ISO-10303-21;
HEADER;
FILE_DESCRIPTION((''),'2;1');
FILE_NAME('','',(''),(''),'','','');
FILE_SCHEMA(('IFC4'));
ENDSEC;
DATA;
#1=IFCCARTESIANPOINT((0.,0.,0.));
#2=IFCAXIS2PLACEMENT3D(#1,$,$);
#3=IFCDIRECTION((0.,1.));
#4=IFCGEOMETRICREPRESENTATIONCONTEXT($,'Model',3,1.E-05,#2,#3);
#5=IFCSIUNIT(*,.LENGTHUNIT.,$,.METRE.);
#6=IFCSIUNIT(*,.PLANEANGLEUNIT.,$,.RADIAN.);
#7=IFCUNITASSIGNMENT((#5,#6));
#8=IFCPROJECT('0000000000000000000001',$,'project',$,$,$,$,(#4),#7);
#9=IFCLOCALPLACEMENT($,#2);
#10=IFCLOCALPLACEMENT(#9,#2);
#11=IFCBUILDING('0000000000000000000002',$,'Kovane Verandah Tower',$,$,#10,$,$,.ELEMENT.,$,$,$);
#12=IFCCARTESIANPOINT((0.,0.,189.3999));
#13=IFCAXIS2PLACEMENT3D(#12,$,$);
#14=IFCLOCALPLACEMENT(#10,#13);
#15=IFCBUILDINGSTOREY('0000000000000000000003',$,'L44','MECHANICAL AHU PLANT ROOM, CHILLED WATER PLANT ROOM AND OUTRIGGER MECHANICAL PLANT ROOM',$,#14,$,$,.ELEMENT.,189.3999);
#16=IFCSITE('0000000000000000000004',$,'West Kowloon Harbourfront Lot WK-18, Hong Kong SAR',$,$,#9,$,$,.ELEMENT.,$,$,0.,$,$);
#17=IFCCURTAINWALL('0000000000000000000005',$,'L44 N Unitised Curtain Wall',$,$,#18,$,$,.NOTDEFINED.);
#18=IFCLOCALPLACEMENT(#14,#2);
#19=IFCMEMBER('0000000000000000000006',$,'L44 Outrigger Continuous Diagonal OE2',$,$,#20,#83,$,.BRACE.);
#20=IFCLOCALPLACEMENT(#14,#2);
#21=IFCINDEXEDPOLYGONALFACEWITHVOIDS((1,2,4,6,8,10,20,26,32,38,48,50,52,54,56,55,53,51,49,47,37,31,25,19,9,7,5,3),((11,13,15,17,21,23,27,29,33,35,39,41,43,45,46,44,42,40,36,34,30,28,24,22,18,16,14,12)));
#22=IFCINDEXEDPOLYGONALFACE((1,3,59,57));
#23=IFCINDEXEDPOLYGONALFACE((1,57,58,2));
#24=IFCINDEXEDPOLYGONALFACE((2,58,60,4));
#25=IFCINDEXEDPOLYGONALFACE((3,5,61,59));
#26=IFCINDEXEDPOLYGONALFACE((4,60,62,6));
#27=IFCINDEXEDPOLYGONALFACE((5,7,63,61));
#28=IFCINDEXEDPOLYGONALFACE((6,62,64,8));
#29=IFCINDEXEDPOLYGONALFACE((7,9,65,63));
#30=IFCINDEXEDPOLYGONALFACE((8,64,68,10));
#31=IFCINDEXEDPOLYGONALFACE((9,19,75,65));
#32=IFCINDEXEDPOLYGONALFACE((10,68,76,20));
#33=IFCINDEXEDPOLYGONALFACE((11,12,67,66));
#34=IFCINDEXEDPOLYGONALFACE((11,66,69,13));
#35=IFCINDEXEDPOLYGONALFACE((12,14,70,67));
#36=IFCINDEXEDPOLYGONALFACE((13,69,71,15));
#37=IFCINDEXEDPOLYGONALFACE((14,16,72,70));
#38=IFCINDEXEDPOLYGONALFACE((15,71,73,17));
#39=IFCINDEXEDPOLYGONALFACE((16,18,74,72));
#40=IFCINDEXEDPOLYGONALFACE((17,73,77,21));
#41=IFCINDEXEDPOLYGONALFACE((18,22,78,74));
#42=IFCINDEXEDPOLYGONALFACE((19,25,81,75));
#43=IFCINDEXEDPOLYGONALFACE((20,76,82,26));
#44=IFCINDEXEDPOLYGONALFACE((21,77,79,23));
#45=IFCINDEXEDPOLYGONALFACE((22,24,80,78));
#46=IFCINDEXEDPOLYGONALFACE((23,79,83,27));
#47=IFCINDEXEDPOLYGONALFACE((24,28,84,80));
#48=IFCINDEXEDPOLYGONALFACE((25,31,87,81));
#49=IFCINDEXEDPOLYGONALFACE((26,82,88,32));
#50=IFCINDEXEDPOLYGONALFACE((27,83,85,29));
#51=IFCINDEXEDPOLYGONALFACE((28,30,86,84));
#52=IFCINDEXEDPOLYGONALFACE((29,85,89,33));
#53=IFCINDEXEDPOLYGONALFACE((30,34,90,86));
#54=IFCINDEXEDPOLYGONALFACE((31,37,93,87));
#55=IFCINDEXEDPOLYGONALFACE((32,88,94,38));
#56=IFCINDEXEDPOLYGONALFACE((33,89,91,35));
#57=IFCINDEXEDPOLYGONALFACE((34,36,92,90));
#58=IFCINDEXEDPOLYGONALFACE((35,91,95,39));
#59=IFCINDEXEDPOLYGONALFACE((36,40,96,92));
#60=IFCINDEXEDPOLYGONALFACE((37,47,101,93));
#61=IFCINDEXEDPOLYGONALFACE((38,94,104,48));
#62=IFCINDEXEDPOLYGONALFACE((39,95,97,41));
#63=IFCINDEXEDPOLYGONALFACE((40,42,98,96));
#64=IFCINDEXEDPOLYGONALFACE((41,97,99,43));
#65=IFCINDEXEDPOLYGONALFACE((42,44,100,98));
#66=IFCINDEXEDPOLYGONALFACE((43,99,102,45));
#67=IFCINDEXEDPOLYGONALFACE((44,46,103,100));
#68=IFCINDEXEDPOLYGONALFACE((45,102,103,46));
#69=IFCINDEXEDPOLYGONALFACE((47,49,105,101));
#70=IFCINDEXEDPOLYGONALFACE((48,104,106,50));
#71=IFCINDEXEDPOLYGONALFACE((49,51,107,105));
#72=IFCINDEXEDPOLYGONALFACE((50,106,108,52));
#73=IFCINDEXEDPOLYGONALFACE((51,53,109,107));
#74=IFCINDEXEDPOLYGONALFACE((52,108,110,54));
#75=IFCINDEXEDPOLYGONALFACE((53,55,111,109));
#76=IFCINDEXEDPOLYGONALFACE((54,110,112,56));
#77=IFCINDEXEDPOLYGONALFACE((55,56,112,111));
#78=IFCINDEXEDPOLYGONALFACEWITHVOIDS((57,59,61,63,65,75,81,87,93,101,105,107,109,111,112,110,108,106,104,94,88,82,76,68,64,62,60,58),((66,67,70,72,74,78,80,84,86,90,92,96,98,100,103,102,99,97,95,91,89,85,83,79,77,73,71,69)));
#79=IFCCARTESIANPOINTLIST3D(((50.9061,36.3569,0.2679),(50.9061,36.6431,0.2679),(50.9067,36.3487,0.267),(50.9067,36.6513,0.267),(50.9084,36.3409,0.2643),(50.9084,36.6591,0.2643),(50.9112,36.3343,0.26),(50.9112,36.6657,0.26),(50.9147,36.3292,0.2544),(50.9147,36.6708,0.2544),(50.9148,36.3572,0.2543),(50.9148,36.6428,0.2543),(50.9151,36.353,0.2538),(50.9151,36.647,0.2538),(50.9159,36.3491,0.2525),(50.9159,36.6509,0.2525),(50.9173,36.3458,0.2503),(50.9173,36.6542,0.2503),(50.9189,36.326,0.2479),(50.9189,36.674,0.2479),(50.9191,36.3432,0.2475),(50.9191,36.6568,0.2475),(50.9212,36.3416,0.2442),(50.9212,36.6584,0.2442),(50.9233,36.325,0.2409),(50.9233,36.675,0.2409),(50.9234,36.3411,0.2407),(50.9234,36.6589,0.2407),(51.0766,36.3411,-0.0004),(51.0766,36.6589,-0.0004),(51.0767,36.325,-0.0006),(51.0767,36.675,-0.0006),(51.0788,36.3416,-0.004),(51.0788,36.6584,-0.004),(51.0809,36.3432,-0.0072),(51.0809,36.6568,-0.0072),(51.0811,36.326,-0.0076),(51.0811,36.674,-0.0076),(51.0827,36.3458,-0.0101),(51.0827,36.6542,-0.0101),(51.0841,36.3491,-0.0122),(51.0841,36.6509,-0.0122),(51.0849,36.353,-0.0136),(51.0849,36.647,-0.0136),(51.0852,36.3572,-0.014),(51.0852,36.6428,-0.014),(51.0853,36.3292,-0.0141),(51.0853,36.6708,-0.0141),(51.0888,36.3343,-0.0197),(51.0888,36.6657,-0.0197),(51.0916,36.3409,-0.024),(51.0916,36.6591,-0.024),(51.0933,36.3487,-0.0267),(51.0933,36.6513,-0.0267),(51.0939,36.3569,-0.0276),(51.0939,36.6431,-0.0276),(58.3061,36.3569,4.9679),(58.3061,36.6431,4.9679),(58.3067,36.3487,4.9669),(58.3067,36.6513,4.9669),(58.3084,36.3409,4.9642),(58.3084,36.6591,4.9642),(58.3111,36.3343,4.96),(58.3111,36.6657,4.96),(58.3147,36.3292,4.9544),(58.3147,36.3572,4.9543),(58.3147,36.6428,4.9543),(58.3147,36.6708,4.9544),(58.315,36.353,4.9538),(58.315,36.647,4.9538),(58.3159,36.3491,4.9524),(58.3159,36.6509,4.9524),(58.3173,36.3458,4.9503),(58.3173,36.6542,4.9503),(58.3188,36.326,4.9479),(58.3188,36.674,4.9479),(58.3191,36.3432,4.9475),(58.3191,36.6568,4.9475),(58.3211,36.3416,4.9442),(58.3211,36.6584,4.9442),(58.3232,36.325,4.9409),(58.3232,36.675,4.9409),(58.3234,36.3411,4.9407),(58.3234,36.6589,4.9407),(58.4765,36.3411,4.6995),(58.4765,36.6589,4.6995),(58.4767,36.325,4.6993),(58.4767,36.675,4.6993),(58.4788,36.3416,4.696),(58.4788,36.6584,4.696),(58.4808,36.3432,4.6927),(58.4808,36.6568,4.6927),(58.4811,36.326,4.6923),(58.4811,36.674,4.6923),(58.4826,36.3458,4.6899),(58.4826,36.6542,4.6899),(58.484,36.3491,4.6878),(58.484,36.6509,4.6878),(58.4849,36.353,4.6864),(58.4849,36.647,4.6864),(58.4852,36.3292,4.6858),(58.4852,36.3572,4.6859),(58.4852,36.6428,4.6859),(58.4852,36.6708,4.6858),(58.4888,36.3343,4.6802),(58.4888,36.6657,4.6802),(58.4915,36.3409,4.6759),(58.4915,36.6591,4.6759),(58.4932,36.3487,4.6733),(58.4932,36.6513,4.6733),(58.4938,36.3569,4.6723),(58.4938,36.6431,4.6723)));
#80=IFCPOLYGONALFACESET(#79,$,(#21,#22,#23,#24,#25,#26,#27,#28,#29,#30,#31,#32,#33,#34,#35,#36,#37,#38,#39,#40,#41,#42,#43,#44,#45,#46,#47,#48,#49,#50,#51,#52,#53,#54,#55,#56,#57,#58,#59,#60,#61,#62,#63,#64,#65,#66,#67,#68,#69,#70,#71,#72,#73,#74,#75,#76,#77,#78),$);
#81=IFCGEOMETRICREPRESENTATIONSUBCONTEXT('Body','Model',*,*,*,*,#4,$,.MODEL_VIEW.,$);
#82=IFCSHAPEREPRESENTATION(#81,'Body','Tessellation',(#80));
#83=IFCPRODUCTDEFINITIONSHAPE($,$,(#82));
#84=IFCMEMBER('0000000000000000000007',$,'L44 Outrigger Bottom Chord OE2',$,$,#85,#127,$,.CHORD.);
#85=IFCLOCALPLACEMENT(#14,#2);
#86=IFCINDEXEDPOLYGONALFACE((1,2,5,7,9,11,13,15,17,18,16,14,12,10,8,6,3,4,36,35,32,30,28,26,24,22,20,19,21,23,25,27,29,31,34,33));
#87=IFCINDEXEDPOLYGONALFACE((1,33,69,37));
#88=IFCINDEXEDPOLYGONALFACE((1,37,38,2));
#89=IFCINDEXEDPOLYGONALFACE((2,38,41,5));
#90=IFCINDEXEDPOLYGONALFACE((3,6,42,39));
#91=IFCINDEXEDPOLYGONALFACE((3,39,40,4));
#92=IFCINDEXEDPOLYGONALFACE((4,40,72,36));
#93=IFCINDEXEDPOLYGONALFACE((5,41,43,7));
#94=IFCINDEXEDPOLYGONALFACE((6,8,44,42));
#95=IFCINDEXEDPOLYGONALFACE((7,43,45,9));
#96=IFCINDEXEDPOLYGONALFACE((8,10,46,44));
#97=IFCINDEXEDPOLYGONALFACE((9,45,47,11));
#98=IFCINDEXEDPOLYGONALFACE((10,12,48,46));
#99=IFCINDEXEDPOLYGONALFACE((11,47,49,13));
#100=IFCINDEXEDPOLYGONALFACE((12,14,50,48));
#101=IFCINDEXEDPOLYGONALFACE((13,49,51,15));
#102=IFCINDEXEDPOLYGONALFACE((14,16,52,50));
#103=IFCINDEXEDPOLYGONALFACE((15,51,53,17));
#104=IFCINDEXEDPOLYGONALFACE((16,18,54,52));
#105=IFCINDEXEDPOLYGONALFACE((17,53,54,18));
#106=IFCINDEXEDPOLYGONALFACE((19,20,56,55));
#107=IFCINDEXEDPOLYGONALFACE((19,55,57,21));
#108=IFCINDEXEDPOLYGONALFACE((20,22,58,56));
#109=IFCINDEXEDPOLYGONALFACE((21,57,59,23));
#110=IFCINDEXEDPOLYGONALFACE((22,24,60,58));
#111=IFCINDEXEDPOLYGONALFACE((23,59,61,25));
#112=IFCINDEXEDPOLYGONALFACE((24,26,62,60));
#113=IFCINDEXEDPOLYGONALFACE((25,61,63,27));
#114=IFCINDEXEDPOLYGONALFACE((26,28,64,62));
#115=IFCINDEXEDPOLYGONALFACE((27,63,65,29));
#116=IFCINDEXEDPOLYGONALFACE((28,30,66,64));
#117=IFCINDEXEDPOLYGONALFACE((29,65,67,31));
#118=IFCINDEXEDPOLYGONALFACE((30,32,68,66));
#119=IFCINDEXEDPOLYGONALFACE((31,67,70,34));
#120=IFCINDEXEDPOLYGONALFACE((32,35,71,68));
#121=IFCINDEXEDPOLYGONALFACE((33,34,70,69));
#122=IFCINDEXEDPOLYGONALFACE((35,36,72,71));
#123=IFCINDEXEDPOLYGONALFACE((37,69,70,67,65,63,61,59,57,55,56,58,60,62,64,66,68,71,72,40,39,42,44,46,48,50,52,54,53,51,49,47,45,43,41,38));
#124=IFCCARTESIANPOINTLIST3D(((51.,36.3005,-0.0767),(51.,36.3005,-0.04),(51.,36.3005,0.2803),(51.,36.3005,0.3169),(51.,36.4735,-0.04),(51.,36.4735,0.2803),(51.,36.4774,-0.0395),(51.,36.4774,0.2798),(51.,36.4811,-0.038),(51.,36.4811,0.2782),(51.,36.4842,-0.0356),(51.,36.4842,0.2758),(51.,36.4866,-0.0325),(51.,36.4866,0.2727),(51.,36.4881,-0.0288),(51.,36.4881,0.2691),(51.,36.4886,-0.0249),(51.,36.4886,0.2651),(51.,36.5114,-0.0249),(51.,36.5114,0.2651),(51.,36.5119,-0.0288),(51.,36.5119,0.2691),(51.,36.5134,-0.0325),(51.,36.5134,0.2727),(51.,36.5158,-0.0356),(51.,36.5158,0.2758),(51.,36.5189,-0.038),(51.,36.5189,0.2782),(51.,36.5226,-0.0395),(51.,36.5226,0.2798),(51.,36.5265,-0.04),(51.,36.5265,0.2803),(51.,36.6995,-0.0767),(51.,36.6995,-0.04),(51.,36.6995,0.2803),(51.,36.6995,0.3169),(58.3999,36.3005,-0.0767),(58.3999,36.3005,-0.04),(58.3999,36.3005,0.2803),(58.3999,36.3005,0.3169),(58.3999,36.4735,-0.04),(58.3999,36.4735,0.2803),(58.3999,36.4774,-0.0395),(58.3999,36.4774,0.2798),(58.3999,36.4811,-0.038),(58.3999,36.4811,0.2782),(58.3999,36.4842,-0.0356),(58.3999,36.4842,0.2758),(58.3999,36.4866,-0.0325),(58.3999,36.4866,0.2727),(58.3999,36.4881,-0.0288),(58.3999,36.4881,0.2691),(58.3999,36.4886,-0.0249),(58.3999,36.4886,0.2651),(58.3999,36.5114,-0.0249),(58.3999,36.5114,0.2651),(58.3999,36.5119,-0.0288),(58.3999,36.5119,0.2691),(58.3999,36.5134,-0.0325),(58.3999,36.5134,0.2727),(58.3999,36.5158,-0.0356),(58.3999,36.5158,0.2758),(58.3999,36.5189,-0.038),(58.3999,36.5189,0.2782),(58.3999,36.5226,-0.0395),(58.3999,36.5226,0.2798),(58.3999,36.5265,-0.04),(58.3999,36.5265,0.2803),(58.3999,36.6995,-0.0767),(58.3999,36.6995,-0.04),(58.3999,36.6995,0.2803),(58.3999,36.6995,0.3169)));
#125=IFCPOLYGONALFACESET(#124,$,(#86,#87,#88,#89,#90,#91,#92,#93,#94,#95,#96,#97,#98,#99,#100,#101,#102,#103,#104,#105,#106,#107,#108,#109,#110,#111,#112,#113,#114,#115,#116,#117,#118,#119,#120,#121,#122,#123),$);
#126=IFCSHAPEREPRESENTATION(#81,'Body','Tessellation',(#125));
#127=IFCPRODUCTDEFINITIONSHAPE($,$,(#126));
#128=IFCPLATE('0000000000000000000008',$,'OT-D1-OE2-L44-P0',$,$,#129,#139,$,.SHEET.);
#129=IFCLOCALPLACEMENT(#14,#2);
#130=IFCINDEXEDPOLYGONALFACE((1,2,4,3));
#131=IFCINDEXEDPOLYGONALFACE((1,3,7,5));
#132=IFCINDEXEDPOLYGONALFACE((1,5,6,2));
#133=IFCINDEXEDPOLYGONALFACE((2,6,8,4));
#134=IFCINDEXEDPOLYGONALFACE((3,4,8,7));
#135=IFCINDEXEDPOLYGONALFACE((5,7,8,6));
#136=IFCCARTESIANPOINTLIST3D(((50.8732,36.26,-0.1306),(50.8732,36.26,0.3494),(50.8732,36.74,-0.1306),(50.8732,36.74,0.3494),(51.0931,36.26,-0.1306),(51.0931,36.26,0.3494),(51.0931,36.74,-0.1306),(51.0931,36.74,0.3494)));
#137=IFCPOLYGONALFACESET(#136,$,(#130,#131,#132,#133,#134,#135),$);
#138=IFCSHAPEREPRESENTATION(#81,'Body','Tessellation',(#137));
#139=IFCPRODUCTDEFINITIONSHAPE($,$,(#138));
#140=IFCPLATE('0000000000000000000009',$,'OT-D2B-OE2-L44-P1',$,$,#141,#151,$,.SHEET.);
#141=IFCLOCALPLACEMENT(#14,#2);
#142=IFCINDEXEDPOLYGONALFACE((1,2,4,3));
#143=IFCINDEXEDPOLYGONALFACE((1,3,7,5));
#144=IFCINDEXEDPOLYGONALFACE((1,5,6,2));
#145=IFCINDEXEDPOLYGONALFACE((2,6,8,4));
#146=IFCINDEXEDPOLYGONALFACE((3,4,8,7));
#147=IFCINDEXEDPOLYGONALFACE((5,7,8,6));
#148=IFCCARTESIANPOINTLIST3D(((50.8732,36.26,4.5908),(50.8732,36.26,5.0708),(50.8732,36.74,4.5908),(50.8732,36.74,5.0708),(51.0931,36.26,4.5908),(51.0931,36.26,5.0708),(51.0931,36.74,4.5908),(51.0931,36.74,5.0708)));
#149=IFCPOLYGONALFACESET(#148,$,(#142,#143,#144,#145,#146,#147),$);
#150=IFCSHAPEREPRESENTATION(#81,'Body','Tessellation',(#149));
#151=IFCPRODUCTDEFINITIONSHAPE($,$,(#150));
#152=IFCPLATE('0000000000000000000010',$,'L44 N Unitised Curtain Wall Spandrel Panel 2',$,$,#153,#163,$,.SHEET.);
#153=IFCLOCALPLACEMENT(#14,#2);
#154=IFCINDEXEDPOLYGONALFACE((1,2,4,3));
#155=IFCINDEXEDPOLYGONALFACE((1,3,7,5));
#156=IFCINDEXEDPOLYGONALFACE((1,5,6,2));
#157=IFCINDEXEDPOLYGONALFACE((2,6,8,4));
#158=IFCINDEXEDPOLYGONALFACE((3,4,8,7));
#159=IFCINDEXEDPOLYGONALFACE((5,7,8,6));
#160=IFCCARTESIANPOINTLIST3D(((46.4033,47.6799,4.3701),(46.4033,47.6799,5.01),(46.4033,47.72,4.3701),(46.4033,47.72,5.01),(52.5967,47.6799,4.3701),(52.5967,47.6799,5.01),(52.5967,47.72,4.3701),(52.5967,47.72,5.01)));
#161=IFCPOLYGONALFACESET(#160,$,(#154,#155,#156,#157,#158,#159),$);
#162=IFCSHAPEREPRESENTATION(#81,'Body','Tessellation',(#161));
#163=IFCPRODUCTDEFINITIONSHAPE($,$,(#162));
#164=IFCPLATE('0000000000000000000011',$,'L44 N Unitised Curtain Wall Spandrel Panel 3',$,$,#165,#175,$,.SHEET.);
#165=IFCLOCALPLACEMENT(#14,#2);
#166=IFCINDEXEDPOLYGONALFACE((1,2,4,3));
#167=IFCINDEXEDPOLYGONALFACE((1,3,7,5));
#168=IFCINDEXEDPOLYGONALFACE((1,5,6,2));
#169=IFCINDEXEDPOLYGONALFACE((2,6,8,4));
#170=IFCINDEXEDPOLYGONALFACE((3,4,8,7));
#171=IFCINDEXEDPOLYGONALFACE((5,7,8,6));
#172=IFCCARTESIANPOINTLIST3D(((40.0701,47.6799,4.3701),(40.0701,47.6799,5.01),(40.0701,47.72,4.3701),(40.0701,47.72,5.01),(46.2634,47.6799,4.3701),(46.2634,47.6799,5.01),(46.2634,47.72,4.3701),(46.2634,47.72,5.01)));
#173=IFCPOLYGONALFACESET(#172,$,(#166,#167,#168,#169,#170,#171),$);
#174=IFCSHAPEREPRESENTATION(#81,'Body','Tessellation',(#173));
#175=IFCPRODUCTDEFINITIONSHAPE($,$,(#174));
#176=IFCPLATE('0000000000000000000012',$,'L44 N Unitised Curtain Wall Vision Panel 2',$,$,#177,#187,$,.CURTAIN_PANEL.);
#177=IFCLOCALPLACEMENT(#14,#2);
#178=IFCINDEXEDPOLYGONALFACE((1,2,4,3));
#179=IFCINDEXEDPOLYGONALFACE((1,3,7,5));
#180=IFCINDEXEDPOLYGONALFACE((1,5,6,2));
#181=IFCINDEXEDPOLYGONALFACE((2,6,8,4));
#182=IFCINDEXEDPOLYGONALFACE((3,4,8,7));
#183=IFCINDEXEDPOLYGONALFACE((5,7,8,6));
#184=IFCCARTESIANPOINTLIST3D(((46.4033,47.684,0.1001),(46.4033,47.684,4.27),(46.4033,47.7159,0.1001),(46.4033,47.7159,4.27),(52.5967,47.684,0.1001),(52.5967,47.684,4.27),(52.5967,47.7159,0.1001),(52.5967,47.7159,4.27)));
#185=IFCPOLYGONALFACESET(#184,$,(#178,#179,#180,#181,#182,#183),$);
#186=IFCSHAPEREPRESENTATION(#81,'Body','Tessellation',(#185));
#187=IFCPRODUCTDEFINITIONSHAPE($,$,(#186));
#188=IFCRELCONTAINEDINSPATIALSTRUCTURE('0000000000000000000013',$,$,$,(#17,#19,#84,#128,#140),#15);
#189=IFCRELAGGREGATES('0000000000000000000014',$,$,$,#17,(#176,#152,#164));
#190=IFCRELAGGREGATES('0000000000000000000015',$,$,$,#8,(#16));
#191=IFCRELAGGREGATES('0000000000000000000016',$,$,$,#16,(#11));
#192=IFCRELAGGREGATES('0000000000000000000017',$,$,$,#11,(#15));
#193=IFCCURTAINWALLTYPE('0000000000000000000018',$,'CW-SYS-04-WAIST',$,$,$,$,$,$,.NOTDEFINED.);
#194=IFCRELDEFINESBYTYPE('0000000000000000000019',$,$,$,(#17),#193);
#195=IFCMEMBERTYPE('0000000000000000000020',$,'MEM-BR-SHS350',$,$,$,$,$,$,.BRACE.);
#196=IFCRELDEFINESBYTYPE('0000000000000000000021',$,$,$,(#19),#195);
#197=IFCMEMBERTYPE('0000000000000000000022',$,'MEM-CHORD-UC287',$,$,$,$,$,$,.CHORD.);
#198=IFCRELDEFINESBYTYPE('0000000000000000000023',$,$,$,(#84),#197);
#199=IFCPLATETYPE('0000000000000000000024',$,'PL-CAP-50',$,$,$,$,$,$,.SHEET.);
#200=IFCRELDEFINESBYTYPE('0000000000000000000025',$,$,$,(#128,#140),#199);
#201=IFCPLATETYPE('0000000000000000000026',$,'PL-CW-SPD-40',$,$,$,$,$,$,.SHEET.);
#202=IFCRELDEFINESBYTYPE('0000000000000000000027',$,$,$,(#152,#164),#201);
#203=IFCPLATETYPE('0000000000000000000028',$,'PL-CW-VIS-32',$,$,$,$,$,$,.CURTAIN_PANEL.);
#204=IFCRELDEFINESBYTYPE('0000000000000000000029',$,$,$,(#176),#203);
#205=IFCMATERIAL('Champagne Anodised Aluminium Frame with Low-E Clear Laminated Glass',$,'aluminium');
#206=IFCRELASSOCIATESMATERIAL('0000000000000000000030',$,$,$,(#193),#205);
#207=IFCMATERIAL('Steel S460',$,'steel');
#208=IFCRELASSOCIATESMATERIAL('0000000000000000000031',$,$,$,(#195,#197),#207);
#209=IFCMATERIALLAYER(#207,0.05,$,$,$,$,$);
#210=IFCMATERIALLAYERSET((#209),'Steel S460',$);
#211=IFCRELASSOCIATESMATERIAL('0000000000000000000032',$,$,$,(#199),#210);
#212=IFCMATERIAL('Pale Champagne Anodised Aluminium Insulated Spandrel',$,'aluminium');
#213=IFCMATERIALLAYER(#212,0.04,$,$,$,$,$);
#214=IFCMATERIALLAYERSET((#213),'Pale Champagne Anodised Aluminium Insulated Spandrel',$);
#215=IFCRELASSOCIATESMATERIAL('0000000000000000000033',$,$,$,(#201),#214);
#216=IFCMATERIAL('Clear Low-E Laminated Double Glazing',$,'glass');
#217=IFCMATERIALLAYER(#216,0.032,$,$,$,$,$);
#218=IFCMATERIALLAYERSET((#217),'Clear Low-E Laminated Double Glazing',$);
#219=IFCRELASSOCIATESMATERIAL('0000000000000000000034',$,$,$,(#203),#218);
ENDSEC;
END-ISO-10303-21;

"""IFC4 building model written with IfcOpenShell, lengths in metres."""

from ifc_helpers import new_model, si_unit, direction, frame, origin, origin_2d, place, context, subcontext, project, spatial, rectangle, hollow_rectangle, i_section, extrude, material, layer, layer_set, material_profile, profile_set, type_object, element, aggregate, save


model = new_model("IFC4")

# Units and contexts
model_context = context("Model", 3, precision=1e-05, world=origin(), true_north=direction((0.0, 1.0)))
body_context = subcontext(model_context, "Body", "Model", "MODEL_VIEW")
ifc_project = project(units=[si_unit("LENGTHUNIT", "METRE"), si_unit("PLANEANGLEUNIT", "RADIAN")], contexts=[model_context])

# Site, building, storey
site_placement = place(None, origin())
site = spatial("IfcSite", under=ifc_project, at=site_placement, Name="West Kowloon Harbourfront Lot WK-18, Hong Kong SAR", CompositionType="ELEMENT", RefElevation=0.0)
building_placement = place(site_placement, origin())
building = spatial("IfcBuilding", under=site, at=building_placement, Name="Kovane Verandah Tower", CompositionType="ELEMENT")
storey_placement = place(building_placement, frame((0.0, 0.0, 189.3999)))
storey = spatial("IfcBuildingStorey", under=building, at=storey_placement, Name="L44", Description="MECHANICAL AHU PLANT ROOM, CHILLED WATER PLANT ROOM AND OUTRIGGER MECHANICAL PLANT ROOM", CompositionType="ELEMENT", Elevation=189.3999)

# Shared definitions
ifc_material_1 = material(Name="Steel S460", Category="steel")

# Curtain wall
ifc_material_2 = material(Name="Champagne Anodised Aluminium Frame with Low-E Clear Laminated Glass", Category="aluminium")
curtain_wall_type = type_object("IfcCurtainWallType", Name="CW-SYS-04-WAIST", PredefinedType="NOTDEFINED", material=ifc_material_2)
curtain_wall_placement = place(storey_placement, origin())
curtain_wall = element("IfcCurtainWall", 1, at=curtain_wall_placement, inside=storey, type_object=curtain_wall_type, Name="L44 N Unitised Curtain Wall", PredefinedType="NOTDEFINED")

# Members
ifc_material_profile_1 = material_profile(ifc_material_1, hollow_rectangle(XDim=0.3501, YDim=0.3501, WallThickness=0.0161, InnerFilletRadius=0.0161, OuterFilletRadius=0.032, at=origin_2d()), Name="SHS350x350x16")
ifc_profile_set_1 = profile_set([ifc_material_profile_1], Name="Steel S460")
member_type_1 = type_object("IfcMemberType", Name="MEM-BR-SHS350", PredefinedType="BRACE", material=ifc_profile_set_1)
member_1_placement = place(storey_placement, frame((51.0, 36.5, 0.1201), z_axis=(0.84413, 0.0, 0.536138), x_axis=(0.0, 1.0, 0.0)))
element("IfcMember", 2, at=member_1_placement, inside=storey, type_object=member_type_1, Name="L44 Outrigger Continuous Diagonal OE2", PredefinedType="BRACE", context=body_context, shape_type="SweptSolid", body=[
    extrude(hollow_rectangle(XDim=0.3501, YDim=0.3501, WallThickness=0.0161, InnerFilletRadius=0.0161, OuterFilletRadius=0.032, at=origin_2d()), origin(), (0.0, 0.0, 1.0), 8.7664),
])
ifc_material_profile_2 = material_profile(ifc_material_1, i_section(OverallWidth=0.3989, OverallDepth=0.3936, WebThickness=0.0227, FlangeThickness=0.0366, FilletRadius=0.0151, at=origin_2d()), Name="UC356x406x287")
ifc_profile_set_2 = profile_set([ifc_material_profile_2], Name="Steel S460")
member_type_2 = type_object("IfcMemberType", Name="MEM-CHORD-UC287", PredefinedType="CHORD", material=ifc_profile_set_2)
member_2_placement = place(storey_placement, frame((51.0, 36.5, 0.1201), z_axis=(1.0, 0.0, 0.0), x_axis=(0.0, 1.0, 0.0)))
element("IfcMember", 3, at=member_2_placement, inside=storey, type_object=member_type_2, Name="L44 Outrigger Bottom Chord OE2", PredefinedType="CHORD", context=body_context, shape_type="SweptSolid", body=[
    extrude(i_section(OverallWidth=0.3989, OverallDepth=0.3936, WebThickness=0.0227, FlangeThickness=0.0366, FilletRadius=0.0151, at=origin_2d()), origin(), (0.0, 0.0, 1.0), 7.3999),
])

# Plates
ifc_layer_1 = layer(ifc_material_1, 0.05)
ifc_layer_set_1 = layer_set([ifc_layer_1], Name="Steel S460")
plate_type_1 = type_object("IfcPlateType", Name="PL-CAP-50", PredefinedType="SHEET", material=ifc_layer_set_1)
for number, where, z_axis, x_axis, name in (
    (4, (50.9832, 36.5, -0.1306), (0.0, 0.0, 1.0), (1.0, 0.0, 0.0), "OT-D1-OE2-L44-P0"),
    (5, (50.9832, 36.5, 4.5908), (0.0, 0.0, 1.0), (-1.0, 0.0, 0.0), "OT-D2B-OE2-L44-P1"),
):
    element("IfcPlate", number, at=place(storey_placement, frame(where, z_axis=z_axis, x_axis=x_axis)), inside=storey, type_object=plate_type_1, Name=name, PredefinedType="SHEET", context=body_context, shape_type="SweptSolid", body=[
        extrude(rectangle(XDim=0.22, YDim=0.48, at=origin_2d()), origin(), (0.0, 0.0, 1.0), 0.48),
    ])

# Plates
ifc_material_3 = material(Name="Pale Champagne Anodised Aluminium Insulated Spandrel", Category="aluminium")
ifc_layer_2 = layer(ifc_material_3, 0.04)
ifc_layer_set_2 = layer_set([ifc_layer_2], Name="Pale Champagne Anodised Aluminium Insulated Spandrel")
plate_type_2 = type_object("IfcPlateType", Name="PL-CW-SPD-40", PredefinedType="SHEET", material=ifc_layer_set_2)
plate_1_placement = place(storey_placement, frame((49.5, 47.7, 4.3701), z_axis=(0.0, 0.0, 1.0), x_axis=(-1.0, 0.0, 0.0)))
plate_1 = element("IfcPlate", 6, at=plate_1_placement, type_object=plate_type_2, Name="L44 N Unitised Curtain Wall Spandrel Panel 2", PredefinedType="SHEET", context=body_context, shape_type="SweptSolid", body=[
    extrude(rectangle(XDim=6.1934, YDim=0.04, at=origin_2d()), origin(), (0.0, 0.0, 1.0), 0.6399),
])
plate_2_placement = place(storey_placement, frame((43.1667, 47.7, 4.3701), z_axis=(0.0, 0.0, 1.0), x_axis=(-1.0, 0.0, 0.0)))
plate_2 = element("IfcPlate", 7, at=plate_2_placement, type_object=plate_type_2, Name="L44 N Unitised Curtain Wall Spandrel Panel 3", PredefinedType="SHEET", context=body_context, shape_type="SweptSolid", body=[
    extrude(rectangle(XDim=6.1934, YDim=0.04, at=origin_2d()), origin(), (0.0, 0.0, 1.0), 0.6399),
])
ifc_material_4 = material(Name="Clear Low-E Laminated Double Glazing", Category="glass")
ifc_layer_3 = layer(ifc_material_4, 0.032)
ifc_layer_set_3 = layer_set([ifc_layer_3], Name="Clear Low-E Laminated Double Glazing")
plate_type_3 = type_object("IfcPlateType", Name="PL-CW-VIS-32", PredefinedType="CURTAIN_PANEL", material=ifc_layer_set_3)
plate_3_placement = place(storey_placement, frame((49.5, 47.7, 0.1001), z_axis=(0.0, 0.0, 1.0), x_axis=(-1.0, 0.0, 0.0)))
plate_3 = element("IfcPlate", 8, at=plate_3_placement, type_object=plate_type_3, Name="L44 N Unitised Curtain Wall Vision Panel 2", PredefinedType="CURTAIN_PANEL", context=body_context, shape_type="SweptSolid", body=[
    extrude(rectangle(XDim=6.1934, YDim=0.032, at=origin_2d()), origin(), (0.0, 0.0, 1.0), 4.1699),
])
aggregate(curtain_wall, [plate_3, plate_1, plate_2])

save(model, "model.ifc")
